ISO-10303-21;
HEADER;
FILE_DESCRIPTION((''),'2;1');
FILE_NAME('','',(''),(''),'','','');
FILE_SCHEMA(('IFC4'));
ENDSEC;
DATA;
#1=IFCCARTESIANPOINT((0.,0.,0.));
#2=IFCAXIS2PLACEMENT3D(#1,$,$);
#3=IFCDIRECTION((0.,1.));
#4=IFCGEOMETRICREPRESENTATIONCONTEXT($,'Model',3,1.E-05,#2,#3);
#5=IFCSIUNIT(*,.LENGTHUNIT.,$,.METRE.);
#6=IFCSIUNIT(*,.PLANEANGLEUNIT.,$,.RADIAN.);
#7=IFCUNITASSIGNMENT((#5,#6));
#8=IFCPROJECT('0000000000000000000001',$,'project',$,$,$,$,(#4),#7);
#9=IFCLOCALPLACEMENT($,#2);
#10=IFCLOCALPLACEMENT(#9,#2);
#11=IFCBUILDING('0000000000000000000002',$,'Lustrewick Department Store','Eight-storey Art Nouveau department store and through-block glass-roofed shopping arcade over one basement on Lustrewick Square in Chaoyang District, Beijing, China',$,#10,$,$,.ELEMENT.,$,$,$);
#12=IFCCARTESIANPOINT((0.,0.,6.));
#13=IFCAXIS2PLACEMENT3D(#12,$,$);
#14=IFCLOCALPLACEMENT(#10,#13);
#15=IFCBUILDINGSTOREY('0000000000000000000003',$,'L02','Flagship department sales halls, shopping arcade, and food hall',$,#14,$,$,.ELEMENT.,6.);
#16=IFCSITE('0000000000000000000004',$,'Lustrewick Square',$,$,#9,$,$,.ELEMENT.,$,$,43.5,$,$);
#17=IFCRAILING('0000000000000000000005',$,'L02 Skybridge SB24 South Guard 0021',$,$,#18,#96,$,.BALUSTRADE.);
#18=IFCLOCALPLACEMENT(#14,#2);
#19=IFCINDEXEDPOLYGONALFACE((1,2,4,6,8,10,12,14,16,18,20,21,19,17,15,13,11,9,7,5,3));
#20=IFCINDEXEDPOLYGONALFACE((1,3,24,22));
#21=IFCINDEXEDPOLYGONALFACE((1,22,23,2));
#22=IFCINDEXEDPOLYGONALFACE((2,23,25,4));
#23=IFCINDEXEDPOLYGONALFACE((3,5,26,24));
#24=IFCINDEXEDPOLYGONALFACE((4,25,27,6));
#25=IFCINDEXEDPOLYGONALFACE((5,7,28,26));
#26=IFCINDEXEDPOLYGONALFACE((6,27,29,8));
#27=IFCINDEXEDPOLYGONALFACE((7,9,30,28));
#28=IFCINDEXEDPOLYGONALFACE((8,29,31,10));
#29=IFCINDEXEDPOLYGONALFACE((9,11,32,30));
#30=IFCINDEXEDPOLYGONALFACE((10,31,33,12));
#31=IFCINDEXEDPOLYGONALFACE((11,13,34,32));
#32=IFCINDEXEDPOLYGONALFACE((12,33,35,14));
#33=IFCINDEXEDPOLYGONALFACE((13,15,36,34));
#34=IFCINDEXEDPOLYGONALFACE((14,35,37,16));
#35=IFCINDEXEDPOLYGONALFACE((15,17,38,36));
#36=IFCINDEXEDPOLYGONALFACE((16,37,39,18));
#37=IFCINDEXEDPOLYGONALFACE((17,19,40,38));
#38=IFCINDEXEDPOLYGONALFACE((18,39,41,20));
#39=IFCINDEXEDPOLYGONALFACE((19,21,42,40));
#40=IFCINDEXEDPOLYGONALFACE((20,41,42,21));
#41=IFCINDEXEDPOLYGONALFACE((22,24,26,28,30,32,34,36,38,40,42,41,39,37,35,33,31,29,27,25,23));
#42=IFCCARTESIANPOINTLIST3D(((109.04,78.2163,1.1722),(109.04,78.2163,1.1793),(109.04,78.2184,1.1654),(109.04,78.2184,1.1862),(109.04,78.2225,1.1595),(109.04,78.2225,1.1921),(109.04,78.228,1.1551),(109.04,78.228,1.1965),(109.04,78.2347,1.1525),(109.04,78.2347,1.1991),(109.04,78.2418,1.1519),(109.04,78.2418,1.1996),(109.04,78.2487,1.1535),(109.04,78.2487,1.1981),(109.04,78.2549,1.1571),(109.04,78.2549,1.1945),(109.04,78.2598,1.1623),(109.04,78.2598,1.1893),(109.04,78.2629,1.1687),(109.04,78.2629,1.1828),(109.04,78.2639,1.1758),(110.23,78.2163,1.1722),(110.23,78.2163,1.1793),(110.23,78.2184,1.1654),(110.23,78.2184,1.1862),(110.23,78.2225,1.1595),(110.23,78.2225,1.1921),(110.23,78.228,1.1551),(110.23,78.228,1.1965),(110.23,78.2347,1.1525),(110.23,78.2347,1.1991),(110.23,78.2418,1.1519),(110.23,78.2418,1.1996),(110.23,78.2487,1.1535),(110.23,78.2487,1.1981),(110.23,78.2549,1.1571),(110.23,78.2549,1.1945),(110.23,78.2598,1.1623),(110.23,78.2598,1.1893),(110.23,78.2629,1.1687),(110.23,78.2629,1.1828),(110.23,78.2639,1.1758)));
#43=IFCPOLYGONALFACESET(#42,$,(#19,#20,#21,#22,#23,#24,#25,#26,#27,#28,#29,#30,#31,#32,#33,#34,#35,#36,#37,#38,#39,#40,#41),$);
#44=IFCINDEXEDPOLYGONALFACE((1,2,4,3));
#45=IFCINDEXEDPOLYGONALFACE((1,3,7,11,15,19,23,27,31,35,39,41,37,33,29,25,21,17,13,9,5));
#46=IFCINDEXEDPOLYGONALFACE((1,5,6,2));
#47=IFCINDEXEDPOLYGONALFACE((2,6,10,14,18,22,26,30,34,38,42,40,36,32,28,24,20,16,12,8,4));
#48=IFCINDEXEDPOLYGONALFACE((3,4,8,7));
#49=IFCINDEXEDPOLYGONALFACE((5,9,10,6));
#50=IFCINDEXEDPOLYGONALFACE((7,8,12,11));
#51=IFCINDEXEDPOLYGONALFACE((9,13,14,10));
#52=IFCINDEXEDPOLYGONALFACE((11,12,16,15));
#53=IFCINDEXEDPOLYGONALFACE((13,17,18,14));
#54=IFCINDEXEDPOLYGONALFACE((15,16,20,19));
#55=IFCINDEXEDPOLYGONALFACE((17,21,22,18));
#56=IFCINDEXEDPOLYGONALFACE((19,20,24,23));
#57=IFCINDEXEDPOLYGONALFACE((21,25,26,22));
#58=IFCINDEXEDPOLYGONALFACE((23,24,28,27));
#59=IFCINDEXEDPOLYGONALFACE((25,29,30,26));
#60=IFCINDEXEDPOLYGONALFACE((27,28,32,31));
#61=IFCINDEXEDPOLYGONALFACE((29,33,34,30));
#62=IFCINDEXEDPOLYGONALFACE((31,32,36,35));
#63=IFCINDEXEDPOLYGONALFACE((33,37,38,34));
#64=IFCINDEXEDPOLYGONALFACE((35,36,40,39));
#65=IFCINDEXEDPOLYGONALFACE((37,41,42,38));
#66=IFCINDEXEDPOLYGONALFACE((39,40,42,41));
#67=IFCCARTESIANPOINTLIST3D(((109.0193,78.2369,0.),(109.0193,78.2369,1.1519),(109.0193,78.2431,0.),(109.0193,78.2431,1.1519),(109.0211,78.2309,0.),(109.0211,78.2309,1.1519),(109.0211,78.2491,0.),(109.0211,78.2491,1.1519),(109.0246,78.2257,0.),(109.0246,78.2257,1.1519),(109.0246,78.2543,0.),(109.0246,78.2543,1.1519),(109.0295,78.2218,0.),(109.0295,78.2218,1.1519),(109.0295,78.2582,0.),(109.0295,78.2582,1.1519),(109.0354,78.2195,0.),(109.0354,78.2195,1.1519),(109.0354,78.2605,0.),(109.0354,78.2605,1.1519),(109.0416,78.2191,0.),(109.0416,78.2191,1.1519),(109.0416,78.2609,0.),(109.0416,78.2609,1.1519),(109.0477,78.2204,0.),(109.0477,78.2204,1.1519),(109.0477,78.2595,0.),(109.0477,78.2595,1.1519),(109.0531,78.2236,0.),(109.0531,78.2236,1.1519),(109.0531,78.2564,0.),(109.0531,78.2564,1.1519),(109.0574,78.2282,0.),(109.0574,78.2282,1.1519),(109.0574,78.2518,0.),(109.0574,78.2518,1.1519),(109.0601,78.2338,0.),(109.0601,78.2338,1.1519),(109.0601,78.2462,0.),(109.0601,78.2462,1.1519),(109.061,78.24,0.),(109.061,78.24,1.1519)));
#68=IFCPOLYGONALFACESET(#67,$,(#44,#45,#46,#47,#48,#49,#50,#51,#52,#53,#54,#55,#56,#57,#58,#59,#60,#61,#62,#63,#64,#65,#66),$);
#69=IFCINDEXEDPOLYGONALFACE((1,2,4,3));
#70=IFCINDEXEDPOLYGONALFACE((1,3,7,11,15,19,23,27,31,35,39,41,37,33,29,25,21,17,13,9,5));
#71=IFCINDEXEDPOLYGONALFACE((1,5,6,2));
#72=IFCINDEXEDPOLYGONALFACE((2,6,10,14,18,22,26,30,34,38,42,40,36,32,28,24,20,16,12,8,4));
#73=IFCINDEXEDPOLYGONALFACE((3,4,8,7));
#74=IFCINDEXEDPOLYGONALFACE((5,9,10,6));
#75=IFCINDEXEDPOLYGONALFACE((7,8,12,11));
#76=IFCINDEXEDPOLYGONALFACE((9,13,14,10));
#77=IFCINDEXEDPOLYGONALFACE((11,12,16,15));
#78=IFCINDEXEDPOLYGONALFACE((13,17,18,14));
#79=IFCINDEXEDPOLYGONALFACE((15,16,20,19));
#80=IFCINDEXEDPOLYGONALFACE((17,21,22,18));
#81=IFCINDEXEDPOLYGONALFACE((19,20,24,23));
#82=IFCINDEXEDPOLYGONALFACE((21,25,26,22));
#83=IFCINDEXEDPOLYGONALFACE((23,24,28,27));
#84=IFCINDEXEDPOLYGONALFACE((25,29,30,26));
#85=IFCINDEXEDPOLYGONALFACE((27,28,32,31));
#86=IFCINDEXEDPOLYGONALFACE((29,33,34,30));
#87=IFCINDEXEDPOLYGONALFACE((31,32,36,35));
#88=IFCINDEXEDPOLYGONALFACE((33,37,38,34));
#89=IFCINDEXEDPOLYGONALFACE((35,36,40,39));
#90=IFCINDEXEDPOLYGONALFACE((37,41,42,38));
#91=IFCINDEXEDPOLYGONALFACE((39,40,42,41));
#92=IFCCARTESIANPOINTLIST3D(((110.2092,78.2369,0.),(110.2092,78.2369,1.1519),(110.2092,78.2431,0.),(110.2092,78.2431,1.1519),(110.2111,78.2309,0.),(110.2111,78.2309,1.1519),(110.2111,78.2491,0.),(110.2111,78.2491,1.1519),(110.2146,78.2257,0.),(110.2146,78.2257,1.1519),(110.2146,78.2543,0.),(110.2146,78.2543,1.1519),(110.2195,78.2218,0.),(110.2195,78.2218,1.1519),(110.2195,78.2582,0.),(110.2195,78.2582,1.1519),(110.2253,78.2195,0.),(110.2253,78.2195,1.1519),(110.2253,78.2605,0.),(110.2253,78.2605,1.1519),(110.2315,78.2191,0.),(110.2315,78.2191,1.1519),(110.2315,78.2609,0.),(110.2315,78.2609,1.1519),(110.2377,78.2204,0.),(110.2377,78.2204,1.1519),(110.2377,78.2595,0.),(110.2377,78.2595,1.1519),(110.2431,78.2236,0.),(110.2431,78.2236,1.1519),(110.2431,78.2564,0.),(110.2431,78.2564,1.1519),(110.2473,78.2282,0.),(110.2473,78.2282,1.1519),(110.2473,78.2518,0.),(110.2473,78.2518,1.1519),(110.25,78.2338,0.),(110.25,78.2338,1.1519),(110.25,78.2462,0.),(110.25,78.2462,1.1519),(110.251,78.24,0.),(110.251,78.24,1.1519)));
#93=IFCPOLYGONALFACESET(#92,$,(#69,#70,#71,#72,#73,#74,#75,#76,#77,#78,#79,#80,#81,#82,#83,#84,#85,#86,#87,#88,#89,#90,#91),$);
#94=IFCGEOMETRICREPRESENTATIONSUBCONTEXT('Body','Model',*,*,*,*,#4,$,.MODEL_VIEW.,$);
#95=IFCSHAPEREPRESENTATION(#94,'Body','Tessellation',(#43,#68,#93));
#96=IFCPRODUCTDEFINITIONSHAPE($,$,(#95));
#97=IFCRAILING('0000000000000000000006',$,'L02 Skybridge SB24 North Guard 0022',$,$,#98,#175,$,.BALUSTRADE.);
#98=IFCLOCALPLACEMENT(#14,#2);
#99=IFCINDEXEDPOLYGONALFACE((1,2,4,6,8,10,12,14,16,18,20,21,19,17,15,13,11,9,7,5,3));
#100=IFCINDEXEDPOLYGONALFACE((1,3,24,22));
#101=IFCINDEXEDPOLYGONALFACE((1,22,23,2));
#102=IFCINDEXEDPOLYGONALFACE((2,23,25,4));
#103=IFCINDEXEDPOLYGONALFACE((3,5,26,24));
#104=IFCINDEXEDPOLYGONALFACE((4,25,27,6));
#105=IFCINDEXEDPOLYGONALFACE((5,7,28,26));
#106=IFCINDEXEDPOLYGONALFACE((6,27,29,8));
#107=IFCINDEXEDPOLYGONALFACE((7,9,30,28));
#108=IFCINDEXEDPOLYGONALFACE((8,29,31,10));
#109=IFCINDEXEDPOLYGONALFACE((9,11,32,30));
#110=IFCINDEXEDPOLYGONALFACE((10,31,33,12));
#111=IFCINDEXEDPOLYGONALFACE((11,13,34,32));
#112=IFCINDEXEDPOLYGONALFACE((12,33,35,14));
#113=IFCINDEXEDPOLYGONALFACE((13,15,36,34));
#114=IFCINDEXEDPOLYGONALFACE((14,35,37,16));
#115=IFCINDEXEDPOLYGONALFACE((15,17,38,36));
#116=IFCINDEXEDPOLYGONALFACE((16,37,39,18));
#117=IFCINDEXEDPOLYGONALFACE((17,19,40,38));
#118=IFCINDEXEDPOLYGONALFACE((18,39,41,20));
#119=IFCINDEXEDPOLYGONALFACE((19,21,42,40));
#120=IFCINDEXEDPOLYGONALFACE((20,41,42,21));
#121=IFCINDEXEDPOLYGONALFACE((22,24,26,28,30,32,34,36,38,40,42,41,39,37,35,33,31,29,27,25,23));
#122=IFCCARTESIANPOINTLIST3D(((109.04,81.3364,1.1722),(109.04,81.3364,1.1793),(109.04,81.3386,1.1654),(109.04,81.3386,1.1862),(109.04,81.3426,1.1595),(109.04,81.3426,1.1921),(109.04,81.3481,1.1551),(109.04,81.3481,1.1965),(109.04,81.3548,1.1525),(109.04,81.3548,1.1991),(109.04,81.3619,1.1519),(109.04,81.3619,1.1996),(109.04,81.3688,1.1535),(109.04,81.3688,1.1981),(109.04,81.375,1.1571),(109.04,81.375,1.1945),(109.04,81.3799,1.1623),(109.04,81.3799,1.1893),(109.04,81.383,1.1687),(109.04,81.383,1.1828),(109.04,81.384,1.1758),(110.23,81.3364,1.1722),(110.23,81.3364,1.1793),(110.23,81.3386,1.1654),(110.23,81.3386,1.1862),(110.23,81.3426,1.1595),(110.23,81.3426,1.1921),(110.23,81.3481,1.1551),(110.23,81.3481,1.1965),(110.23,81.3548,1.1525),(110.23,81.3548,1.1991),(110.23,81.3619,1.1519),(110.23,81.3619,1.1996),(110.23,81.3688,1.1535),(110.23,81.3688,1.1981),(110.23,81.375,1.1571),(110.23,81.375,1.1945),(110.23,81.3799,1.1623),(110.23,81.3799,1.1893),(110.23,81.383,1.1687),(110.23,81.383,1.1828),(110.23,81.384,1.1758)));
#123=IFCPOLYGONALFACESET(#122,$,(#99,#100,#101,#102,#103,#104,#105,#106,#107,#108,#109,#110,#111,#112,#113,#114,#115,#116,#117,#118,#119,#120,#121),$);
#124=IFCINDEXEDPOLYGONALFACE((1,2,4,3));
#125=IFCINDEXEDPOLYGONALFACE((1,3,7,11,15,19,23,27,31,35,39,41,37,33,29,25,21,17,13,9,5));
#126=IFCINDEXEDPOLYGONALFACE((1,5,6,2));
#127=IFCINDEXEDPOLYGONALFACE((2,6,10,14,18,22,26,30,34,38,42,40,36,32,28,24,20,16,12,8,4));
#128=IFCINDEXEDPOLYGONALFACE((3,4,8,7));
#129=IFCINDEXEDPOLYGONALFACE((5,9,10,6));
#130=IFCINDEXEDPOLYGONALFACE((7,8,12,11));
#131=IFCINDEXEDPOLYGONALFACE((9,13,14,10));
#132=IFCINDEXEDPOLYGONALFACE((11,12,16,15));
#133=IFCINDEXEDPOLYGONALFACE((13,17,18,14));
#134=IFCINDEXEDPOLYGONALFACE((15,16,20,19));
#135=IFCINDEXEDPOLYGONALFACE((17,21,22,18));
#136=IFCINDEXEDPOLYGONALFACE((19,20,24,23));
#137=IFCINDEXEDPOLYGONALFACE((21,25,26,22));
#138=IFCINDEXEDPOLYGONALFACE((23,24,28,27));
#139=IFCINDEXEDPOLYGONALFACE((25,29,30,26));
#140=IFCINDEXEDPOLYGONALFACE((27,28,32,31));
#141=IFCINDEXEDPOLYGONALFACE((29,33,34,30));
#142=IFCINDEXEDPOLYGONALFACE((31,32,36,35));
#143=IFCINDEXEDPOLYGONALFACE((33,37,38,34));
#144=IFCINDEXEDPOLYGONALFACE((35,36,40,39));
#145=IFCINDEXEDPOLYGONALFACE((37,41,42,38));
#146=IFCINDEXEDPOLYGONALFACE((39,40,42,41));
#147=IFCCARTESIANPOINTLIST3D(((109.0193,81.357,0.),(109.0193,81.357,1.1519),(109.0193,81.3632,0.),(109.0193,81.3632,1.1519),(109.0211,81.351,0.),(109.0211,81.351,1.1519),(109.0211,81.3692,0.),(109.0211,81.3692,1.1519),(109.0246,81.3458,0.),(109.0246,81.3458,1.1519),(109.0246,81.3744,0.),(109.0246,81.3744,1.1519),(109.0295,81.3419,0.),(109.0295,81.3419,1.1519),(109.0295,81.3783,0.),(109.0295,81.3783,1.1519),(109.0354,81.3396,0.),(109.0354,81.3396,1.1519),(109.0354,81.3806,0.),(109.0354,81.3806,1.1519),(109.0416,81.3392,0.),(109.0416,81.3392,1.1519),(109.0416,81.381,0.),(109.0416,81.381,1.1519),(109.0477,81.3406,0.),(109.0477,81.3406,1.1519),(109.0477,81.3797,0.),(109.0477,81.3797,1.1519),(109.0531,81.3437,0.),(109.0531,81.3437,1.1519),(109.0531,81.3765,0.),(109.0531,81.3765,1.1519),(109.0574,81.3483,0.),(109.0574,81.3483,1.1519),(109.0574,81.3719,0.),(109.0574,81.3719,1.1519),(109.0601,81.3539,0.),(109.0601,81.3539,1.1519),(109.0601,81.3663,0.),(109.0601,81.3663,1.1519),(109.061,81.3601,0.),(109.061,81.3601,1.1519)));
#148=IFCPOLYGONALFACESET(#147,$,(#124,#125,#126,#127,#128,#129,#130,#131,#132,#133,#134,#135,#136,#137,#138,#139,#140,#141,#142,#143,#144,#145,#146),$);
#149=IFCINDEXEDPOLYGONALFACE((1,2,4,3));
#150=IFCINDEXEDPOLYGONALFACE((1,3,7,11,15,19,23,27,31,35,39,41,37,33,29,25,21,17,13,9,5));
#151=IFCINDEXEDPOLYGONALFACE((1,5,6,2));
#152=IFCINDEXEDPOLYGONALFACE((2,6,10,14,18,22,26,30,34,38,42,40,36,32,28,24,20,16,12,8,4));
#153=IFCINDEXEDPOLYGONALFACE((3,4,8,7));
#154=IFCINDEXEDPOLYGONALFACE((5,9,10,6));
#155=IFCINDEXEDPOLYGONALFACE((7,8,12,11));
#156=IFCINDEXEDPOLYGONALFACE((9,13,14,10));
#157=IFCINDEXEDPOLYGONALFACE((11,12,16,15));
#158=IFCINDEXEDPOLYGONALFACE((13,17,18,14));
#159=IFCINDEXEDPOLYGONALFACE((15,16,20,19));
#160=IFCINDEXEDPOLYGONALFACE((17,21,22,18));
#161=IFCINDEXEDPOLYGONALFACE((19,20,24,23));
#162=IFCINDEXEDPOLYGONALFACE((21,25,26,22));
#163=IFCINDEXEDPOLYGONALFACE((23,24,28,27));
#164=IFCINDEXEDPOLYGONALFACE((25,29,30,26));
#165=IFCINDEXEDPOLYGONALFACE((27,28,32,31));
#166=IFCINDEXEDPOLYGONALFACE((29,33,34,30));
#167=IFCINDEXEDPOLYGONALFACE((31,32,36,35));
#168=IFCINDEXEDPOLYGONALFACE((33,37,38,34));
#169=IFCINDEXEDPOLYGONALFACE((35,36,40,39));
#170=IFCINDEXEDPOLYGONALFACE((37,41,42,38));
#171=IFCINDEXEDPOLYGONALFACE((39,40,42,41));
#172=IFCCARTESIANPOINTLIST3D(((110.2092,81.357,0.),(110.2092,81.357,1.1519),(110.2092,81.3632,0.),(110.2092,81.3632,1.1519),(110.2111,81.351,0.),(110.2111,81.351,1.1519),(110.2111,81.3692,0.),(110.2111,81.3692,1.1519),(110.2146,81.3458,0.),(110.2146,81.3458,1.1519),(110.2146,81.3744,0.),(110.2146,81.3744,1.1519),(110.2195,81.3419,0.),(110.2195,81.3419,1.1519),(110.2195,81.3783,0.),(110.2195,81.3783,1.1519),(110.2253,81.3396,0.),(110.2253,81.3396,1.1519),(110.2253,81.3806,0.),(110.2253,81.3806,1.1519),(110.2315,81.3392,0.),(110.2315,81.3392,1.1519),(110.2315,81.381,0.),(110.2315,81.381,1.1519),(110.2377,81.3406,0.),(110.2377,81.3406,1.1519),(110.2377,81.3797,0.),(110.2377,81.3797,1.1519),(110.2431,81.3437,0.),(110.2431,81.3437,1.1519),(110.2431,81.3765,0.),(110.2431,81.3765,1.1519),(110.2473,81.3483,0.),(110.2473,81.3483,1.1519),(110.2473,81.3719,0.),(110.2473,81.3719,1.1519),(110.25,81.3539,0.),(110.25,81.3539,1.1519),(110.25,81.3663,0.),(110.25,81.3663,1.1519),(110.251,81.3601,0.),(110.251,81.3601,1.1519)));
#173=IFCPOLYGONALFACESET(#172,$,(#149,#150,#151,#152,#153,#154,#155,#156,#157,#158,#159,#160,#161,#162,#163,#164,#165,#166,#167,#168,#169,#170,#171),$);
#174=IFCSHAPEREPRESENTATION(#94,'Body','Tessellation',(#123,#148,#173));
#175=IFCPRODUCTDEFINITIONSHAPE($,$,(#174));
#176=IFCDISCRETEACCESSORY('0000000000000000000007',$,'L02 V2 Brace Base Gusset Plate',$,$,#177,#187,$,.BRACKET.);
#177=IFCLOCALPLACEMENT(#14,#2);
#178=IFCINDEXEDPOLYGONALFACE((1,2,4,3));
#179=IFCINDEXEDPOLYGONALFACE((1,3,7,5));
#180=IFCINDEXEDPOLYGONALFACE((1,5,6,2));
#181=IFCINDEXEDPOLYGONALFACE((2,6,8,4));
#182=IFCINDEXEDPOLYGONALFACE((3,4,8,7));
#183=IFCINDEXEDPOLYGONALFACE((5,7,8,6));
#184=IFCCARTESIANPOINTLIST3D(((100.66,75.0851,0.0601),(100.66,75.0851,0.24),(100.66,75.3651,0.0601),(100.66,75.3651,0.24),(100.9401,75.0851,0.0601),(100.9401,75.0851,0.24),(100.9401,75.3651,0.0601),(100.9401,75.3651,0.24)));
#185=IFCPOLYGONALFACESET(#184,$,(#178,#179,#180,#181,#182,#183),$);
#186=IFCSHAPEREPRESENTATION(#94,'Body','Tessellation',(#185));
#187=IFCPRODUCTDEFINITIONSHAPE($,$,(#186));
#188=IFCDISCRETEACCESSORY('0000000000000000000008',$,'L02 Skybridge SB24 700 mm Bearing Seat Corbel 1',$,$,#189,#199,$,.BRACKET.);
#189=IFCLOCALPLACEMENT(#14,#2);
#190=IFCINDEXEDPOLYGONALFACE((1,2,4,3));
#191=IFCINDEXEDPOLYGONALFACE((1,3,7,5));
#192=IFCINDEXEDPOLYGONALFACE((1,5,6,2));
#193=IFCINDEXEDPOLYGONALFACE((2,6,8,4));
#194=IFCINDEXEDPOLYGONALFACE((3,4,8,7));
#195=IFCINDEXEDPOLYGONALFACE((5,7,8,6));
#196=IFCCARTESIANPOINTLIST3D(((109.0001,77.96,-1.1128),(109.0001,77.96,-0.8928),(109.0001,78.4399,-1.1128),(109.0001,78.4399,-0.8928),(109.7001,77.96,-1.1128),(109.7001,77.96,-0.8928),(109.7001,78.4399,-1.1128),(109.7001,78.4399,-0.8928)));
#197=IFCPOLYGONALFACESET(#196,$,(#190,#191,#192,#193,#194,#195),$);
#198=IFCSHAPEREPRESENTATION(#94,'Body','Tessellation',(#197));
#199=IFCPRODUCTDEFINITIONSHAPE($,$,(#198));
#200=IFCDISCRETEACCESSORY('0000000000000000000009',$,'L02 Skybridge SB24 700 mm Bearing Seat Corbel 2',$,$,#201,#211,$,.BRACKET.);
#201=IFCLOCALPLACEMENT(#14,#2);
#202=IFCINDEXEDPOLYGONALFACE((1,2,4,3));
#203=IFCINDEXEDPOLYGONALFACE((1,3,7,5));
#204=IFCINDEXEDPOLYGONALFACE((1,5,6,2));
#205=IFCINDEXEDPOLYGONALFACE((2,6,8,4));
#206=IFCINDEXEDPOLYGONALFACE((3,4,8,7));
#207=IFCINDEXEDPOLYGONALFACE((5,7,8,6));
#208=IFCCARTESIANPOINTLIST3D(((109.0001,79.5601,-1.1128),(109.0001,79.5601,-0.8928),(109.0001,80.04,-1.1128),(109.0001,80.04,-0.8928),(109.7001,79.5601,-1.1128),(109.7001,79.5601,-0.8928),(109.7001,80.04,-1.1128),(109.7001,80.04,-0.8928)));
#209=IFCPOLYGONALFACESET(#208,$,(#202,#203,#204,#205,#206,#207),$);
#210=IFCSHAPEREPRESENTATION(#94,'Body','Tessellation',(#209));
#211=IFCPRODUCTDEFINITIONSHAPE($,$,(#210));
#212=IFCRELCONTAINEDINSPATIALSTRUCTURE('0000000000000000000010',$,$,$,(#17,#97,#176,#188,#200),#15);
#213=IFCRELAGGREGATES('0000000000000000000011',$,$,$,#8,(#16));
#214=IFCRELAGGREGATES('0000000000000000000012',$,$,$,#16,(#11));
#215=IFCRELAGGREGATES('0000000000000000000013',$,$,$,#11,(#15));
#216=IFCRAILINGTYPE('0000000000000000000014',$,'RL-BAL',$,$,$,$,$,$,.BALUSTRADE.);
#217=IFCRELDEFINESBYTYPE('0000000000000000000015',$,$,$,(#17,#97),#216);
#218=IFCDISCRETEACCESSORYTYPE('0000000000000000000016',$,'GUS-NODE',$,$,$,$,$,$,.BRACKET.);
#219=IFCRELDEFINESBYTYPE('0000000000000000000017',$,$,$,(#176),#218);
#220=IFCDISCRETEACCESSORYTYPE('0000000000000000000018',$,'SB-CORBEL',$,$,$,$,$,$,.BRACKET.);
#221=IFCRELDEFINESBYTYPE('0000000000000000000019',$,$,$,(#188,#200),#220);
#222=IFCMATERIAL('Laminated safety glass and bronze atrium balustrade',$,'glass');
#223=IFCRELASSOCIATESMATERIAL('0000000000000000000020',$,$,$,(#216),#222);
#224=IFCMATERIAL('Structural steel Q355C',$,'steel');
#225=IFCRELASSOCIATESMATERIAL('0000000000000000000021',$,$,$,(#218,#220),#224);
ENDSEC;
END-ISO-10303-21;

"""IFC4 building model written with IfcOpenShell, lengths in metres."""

from ifc_helpers import new_model, si_unit, direction, frame, origin, origin_2d, place, context, subcontext, project, spatial, rectangle, circle, extrude, material, type_object, element, save


model = new_model("IFC4")

# Units and contexts
model_context = context("Model", 3, precision=1e-05, world=origin(), true_north=direction((0.0, 1.0)))
body_context = subcontext(model_context, "Body", "Model", "MODEL_VIEW")
ifc_project = project(units=[si_unit("LENGTHUNIT", "METRE"), si_unit("PLANEANGLEUNIT", "RADIAN")], contexts=[model_context])

# Site, building, storey
site_placement = place(None, origin())
site = spatial("IfcSite", under=ifc_project, at=site_placement, Name="Lustrewick Square", CompositionType="ELEMENT", RefElevation=43.5)
building_placement = place(site_placement, origin())
building = spatial("IfcBuilding", under=site, at=building_placement, Name="Lustrewick Department Store", Description="Eight-storey Art Nouveau department store and through-block glass-roofed shopping arcade over one basement on Lustrewick Square in Chaoyang District, Beijing, China", CompositionType="ELEMENT")
storey_placement = place(building_placement, frame((0.0, 0.0, 6.0)))
storey = spatial("IfcBuildingStorey", under=building, at=storey_placement, Name="L02", Description="Flagship department sales halls, shopping arcade, and food hall", CompositionType="ELEMENT", Elevation=6.0)

# Shared definitions
ifc_material_1 = material(Name="Structural steel Q355C", Category="steel")

# Railings
ifc_material_2 = material(Name="Laminated safety glass and bronze atrium balustrade", Category="glass")
railing_type = type_object("IfcRailingType", Name="RL-BAL", PredefinedType="BALUSTRADE", material=ifc_material_2)
for number, where, name in (
    (1, (109.04, 78.24, 0.0), "L02 Skybridge SB24 South Guard 0021"),
    (2, (109.04, 81.3601, 0.0), "L02 Skybridge SB24 North Guard 0022"),
):
    element("IfcRailing", number, at=place(storey_placement, frame(where)), inside=storey, type_object=railing_type, Name=name, PredefinedType="BALUSTRADE", context=body_context, shape_type="SweptSolid", body=[
        extrude(circle(Radius=0.0239, at=origin_2d()), frame((0.0, 0.0, 1.1758), z_axis=(1.0, 0.0, 0.0), x_axis=(0.0, 1.0, 0.0)), (0.0, 0.0, 1.0), 1.1899),
        extrude(circle(Radius=0.021, at=origin_2d()), origin(), (0.0, 0.0, 1.0), 1.1519),
        extrude(circle(Radius=0.021, at=origin_2d()), frame((1.1899, 0.0, 0.0)), (0.0, 0.0, 1.0), 1.1519),
    ])

# Discrete accessories
discrete_accessory_type_1 = type_object("IfcDiscreteAccessoryType", Name="GUS-NODE", PredefinedType="BRACKET", material=ifc_material_1)
discrete_accessory_1_placement = place(storey_placement, frame((100.8, 75.2251, 0.0601), z_axis=(0.0, 0.0, 1.0), x_axis=(1.0, 0.0, 0.0)))
element("IfcDiscreteAccessory", 3, at=discrete_accessory_1_placement, inside=storey, type_object=discrete_accessory_type_1, Name="L02 V2 Brace Base Gusset Plate", PredefinedType="BRACKET", context=body_context, shape_type="SweptSolid", body=[
    extrude(rectangle(XDim=0.28, YDim=0.28, at=origin_2d()), origin(), (0.0, 0.0, 1.0), 0.1799),
])
discrete_accessory_type_2 = type_object("IfcDiscreteAccessoryType", Name="SB-CORBEL", PredefinedType="BRACKET", material=ifc_material_1)
for number, where, z_axis, x_axis, name in (
    (4, (109.3501, 78.2, -1.1128), (0.0, 0.0, 1.0), (1.0, 0.0, 0.0), "L02 Skybridge SB24 700 mm Bearing Seat Corbel 1"),
    (5, (109.3501, 79.8, -1.1128), (0.0, 0.0, 1.0), (1.0, 0.0, 0.0), "L02 Skybridge SB24 700 mm Bearing Seat Corbel 2"),
):
    element("IfcDiscreteAccessory", number, at=place(storey_placement, frame(where, z_axis=z_axis, x_axis=x_axis)), inside=storey, type_object=discrete_accessory_type_2, Name=name, PredefinedType="BRACKET", context=body_context, shape_type="SweptSolid", body=[
        extrude(rectangle(XDim=0.7, YDim=0.48, at=origin_2d()), origin(), (0.0, 0.0, 1.0), 0.22),
    ])

save(model, "model.ifc")
